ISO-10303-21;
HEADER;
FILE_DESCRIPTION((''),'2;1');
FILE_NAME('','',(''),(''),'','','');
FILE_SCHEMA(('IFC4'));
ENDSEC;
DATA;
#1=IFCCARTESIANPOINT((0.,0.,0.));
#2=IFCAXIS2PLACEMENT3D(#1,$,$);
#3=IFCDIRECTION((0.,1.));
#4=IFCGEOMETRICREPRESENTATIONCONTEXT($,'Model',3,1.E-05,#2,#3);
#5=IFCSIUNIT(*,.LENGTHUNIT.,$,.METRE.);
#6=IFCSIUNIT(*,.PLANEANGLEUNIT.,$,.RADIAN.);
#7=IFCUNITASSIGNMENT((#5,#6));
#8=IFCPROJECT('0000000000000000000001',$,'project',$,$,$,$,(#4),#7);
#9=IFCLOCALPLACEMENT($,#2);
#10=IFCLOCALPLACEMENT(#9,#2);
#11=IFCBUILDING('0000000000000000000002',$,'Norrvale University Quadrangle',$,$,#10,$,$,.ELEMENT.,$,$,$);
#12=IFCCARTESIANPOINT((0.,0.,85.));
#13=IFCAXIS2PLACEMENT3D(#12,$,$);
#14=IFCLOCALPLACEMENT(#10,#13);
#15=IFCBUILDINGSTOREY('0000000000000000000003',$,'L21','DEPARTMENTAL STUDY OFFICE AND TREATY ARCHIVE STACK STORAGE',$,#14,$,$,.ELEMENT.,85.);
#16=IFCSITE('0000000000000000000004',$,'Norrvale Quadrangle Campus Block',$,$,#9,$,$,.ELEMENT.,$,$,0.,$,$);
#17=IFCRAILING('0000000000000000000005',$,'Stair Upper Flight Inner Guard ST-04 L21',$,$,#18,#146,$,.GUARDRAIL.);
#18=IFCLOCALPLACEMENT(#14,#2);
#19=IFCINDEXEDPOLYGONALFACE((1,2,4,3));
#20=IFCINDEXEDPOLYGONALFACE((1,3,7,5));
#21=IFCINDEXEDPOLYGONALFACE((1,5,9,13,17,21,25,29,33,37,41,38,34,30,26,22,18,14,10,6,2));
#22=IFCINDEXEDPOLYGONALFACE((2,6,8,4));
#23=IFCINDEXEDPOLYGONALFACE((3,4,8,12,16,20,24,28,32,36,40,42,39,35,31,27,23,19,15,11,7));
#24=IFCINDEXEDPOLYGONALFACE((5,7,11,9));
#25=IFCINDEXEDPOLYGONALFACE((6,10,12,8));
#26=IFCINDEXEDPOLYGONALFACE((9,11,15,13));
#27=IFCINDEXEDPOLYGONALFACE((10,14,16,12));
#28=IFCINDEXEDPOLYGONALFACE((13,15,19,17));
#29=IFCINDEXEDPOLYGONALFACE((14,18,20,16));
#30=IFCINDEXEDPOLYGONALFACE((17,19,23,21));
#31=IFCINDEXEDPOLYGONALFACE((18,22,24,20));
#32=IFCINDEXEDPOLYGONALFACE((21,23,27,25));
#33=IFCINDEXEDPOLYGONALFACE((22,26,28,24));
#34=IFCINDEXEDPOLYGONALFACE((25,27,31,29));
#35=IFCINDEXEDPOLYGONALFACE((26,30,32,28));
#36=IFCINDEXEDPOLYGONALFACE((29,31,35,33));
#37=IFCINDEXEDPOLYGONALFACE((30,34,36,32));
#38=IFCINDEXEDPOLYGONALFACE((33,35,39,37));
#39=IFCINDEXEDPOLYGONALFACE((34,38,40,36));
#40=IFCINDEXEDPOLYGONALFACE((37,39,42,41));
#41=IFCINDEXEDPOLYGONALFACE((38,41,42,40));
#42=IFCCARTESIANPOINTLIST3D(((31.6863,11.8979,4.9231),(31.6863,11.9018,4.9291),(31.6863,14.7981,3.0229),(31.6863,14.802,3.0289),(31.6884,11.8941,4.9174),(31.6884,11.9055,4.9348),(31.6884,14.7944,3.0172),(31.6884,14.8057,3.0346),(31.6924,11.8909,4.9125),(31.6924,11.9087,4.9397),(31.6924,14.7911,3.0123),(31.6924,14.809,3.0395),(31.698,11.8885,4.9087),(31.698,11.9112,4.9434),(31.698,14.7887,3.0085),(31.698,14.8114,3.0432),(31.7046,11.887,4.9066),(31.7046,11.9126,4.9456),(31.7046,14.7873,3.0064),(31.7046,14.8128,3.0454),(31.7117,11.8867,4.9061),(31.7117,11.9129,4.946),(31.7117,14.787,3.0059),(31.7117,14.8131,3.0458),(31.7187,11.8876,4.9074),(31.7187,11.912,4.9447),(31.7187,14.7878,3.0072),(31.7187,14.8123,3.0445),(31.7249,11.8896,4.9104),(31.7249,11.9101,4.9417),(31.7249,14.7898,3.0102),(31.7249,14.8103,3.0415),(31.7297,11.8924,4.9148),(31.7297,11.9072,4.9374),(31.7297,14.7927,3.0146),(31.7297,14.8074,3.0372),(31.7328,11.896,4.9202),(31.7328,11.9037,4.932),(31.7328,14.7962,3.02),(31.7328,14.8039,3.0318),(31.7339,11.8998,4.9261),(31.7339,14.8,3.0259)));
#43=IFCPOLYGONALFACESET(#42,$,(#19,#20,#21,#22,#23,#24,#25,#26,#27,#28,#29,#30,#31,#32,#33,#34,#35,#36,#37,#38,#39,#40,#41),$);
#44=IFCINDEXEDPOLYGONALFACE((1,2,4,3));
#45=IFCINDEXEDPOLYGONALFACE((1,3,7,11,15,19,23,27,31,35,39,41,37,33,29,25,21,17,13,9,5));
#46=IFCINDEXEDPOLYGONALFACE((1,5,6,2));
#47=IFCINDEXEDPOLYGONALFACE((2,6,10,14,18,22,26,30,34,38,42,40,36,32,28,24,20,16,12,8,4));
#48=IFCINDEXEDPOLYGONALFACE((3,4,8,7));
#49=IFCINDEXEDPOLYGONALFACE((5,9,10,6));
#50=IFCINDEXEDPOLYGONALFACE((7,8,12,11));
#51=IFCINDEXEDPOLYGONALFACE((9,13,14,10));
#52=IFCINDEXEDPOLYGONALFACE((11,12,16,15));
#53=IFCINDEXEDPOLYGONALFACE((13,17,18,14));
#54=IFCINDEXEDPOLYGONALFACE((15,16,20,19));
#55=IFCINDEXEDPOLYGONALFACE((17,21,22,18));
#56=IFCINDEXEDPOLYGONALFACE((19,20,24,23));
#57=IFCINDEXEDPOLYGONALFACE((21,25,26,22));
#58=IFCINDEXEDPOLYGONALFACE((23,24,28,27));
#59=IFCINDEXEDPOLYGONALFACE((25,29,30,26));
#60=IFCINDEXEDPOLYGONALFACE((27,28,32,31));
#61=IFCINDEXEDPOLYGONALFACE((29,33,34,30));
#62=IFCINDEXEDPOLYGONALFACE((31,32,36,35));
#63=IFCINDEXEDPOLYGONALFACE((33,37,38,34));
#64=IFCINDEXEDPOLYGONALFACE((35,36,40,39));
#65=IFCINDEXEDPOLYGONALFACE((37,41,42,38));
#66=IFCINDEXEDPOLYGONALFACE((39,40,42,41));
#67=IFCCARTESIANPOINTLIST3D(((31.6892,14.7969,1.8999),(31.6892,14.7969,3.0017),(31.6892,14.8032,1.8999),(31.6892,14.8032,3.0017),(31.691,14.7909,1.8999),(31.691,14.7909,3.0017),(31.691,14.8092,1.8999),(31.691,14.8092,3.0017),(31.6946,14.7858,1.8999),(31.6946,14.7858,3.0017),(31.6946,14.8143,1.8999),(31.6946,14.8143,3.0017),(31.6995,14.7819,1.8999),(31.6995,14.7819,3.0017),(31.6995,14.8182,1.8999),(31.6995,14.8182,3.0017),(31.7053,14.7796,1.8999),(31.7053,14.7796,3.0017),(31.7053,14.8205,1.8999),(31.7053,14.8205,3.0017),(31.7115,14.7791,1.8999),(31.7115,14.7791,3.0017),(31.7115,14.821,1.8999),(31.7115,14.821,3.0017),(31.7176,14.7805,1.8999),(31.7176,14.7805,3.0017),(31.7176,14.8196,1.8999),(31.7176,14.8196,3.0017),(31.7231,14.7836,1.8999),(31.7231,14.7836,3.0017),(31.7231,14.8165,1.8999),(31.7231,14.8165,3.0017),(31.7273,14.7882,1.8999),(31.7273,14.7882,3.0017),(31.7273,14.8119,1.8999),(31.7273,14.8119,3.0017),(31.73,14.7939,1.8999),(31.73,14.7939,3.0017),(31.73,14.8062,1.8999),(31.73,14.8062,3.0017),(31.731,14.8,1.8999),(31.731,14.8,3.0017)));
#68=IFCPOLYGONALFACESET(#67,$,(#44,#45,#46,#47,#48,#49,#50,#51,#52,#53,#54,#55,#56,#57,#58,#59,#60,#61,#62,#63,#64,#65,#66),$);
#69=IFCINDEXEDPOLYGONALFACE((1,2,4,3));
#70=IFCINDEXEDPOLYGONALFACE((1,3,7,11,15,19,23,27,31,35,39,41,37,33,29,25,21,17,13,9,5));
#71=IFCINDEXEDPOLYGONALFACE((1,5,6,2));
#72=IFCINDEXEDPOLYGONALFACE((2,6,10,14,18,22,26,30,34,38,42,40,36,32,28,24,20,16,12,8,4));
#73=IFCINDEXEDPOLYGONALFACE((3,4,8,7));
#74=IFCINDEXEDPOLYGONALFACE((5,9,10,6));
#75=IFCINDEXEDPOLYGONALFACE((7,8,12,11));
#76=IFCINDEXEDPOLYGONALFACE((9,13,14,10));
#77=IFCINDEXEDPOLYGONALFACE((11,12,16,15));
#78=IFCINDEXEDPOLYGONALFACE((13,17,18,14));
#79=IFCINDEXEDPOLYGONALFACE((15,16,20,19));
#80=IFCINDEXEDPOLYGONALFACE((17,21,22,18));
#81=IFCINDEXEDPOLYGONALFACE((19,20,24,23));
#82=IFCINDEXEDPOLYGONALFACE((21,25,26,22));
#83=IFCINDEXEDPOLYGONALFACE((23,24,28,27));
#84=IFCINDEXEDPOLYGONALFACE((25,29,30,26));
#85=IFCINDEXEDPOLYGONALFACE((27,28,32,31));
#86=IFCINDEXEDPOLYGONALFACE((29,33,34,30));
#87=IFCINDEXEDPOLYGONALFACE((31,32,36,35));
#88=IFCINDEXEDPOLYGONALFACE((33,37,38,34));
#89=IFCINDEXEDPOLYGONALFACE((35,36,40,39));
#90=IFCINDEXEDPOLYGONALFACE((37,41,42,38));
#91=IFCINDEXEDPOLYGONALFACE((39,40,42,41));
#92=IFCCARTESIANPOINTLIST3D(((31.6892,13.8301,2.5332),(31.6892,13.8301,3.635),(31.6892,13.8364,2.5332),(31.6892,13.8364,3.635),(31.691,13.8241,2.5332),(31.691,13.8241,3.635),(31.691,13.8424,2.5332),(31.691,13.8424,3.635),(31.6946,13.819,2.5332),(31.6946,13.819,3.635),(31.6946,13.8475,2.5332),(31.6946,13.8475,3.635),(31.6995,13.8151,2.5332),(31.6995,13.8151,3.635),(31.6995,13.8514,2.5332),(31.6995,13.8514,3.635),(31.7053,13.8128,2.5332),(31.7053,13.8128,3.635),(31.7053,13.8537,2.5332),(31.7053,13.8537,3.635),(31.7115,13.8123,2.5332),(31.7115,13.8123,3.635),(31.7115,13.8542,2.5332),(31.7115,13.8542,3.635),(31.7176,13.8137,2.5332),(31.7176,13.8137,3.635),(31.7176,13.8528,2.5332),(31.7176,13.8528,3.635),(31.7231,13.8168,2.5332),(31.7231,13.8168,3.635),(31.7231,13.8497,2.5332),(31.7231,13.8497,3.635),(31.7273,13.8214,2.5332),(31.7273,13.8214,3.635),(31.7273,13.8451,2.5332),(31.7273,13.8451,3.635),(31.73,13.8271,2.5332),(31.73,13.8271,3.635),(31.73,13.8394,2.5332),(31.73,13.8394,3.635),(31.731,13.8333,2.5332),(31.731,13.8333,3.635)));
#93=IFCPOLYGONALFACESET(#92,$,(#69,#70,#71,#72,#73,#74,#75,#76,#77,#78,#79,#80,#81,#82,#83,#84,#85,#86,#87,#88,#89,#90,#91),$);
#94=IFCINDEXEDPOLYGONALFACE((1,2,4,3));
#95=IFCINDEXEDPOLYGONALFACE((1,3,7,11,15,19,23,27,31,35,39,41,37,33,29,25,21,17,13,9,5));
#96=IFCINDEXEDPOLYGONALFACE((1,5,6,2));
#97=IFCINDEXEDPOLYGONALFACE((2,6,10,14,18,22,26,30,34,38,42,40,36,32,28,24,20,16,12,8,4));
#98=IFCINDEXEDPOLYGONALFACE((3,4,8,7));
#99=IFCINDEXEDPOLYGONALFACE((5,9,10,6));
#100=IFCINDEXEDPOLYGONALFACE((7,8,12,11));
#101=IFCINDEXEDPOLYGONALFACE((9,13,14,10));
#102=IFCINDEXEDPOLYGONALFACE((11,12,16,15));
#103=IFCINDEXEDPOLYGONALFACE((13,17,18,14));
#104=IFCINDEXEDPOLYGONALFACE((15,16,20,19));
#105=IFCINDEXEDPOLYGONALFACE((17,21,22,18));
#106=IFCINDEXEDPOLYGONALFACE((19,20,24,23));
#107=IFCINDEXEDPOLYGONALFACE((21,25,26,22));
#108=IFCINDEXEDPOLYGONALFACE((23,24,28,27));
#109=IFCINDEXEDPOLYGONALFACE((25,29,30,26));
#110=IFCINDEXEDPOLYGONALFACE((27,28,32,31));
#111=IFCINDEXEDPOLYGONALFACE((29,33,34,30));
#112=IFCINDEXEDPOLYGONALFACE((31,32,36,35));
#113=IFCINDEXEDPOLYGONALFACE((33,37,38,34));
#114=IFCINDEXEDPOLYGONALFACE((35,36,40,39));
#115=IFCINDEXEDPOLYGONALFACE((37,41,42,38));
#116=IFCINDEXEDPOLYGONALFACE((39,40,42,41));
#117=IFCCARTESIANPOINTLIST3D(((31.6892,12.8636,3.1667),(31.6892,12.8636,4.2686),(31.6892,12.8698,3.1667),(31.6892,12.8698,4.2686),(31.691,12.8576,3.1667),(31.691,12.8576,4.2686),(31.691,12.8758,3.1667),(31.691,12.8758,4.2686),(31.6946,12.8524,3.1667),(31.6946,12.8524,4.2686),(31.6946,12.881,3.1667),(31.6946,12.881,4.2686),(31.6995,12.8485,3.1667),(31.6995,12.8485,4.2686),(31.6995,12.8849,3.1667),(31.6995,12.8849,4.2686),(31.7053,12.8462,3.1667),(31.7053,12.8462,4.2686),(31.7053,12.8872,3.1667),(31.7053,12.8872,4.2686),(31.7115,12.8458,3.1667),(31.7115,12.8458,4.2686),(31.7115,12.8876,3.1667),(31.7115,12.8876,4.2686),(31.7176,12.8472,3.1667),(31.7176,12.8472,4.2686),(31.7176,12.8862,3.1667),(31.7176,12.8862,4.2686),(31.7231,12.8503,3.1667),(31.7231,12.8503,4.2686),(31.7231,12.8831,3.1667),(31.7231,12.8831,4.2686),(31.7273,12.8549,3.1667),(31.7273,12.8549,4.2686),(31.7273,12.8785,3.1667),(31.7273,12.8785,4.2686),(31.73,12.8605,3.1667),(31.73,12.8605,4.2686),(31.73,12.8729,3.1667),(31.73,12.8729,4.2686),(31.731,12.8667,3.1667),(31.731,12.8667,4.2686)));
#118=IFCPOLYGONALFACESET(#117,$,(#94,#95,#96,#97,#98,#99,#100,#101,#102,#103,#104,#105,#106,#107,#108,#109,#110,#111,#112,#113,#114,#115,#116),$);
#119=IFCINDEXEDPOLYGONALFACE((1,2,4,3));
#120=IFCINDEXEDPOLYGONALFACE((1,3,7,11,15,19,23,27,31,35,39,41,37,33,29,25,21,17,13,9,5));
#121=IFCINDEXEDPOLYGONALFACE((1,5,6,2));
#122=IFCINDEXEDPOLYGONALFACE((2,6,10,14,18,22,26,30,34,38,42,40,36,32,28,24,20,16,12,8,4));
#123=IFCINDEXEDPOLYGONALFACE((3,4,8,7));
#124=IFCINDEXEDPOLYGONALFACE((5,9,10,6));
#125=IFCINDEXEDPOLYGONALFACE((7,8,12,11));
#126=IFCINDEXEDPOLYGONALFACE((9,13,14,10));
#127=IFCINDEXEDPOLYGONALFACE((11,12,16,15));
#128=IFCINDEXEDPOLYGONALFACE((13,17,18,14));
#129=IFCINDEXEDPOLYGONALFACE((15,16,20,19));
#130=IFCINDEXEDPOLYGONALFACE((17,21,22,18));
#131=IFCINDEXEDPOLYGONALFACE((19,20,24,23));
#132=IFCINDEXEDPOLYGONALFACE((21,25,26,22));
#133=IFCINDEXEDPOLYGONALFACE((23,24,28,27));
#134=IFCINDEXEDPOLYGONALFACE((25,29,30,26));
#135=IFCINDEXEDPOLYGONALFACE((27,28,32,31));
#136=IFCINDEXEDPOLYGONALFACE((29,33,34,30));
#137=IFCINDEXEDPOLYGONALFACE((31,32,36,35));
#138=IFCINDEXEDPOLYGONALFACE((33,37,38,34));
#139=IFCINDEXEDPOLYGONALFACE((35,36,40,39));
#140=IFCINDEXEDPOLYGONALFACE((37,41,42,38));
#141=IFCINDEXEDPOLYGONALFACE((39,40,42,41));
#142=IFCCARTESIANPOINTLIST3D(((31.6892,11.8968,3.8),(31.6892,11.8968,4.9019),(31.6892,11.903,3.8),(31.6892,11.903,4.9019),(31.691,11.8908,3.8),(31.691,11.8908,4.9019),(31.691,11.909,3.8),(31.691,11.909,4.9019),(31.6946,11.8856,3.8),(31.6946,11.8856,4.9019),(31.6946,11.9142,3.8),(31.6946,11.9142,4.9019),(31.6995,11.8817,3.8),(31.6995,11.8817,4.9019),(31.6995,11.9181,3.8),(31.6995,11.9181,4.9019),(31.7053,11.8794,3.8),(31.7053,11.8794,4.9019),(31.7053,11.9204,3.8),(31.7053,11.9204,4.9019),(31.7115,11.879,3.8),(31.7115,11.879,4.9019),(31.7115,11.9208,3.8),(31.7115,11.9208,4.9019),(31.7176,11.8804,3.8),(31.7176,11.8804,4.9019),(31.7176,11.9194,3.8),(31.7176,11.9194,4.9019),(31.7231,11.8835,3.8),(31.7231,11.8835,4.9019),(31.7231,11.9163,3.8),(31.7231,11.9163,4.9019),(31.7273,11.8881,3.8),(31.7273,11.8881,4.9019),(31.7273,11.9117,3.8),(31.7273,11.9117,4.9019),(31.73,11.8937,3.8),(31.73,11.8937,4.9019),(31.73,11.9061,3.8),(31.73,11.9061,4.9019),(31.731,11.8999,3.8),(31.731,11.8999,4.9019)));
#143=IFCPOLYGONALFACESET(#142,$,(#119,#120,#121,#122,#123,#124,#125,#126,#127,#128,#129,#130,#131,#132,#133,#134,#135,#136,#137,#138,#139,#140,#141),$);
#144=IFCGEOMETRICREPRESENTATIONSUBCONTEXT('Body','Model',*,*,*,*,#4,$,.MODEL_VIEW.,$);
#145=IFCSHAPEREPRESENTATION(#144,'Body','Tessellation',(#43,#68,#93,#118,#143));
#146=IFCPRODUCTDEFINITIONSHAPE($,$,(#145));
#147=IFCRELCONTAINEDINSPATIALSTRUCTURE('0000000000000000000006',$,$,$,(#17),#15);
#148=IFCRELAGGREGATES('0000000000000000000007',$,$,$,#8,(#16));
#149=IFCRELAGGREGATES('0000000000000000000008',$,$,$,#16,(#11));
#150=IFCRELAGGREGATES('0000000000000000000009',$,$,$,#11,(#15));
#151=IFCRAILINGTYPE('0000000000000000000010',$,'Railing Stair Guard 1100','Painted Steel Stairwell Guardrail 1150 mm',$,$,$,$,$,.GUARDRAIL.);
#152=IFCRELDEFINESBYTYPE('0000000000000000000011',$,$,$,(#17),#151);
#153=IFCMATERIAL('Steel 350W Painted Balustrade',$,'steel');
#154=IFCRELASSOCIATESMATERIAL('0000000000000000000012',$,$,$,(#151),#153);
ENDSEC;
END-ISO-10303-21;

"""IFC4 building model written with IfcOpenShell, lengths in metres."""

from ifc_helpers import new_model, si_unit, direction, frame, origin, origin_2d, place, context, subcontext, project, spatial, circle, extrude, material, type_object, element, save


model = new_model("IFC4")

# Units and contexts
model_context = context("Model", 3, precision=1e-05, world=origin(), true_north=direction((0.0, 1.0)))
body_context = subcontext(model_context, "Body", "Model", "MODEL_VIEW")
ifc_project = project(units=[si_unit("LENGTHUNIT", "METRE"), si_unit("PLANEANGLEUNIT", "RADIAN")], contexts=[model_context])

# Site, building, storey
site_placement = place(None, origin())
site = spatial("IfcSite", under=ifc_project, at=site_placement, Name="Norrvale Quadrangle Campus Block", CompositionType="ELEMENT", RefElevation=0.0)
building_placement = place(site_placement, origin())
building = spatial("IfcBuilding", under=site, at=building_placement, Name="Norrvale University Quadrangle", CompositionType="ELEMENT")
storey_placement = place(building_placement, frame((0.0, 0.0, 85.0)))
storey = spatial("IfcBuildingStorey", under=building, at=storey_placement, Name="L21", Description="DEPARTMENTAL STUDY OFFICE AND TREATY ARCHIVE STACK STORAGE", CompositionType="ELEMENT", Elevation=85.0)

# Railing
ifc_material_1 = material(Name="Steel 350W Painted Balustrade", Category="steel")
railing_type_1 = type_object("IfcRailingType", Name="Railing Stair Guard 1100", Description="Painted Steel Stairwell Guardrail 1150 mm", PredefinedType="GUARDRAIL", material=ifc_material_1)
railing_1_placement = place(storey_placement, frame((31.71, 14.8, 1.8999)))
element("IfcRailing", 1, at=railing_1_placement, inside=storey, type_object=railing_type_1, Name="Stair Upper Flight Inner Guard ST-04 L21", PredefinedType="GUARDRAIL", context=body_context, shape_type="SweptSolid", body=[
    extrude(circle(Radius=0.0239, at=origin_2d()), frame((0.0, 0.0, 1.126), z_axis=(0.0, -0.836454, 0.548036), x_axis=(1.0, 0.0, 0.0)), (0.0, 0.0, 1.0), 3.4673),
    extrude(circle(Radius=0.021, at=origin_2d()), origin(), (0.0, 0.0, 1.0), 1.1018),
    extrude(circle(Radius=0.021, at=origin_2d()), frame((0.0, -0.9668, 0.6333)), (0.0, 0.0, 1.0), 1.1018),
    extrude(circle(Radius=0.021, at=origin_2d()), frame((0.0, -1.9333, 1.2668)), (0.0, 0.0, 1.0), 1.1018),
    extrude(circle(Radius=0.021, at=origin_2d()), frame((0.0, -2.9001, 1.9001)), (0.0, 0.0, 1.0), 1.1018),
])

save(model, "model.ifc")
